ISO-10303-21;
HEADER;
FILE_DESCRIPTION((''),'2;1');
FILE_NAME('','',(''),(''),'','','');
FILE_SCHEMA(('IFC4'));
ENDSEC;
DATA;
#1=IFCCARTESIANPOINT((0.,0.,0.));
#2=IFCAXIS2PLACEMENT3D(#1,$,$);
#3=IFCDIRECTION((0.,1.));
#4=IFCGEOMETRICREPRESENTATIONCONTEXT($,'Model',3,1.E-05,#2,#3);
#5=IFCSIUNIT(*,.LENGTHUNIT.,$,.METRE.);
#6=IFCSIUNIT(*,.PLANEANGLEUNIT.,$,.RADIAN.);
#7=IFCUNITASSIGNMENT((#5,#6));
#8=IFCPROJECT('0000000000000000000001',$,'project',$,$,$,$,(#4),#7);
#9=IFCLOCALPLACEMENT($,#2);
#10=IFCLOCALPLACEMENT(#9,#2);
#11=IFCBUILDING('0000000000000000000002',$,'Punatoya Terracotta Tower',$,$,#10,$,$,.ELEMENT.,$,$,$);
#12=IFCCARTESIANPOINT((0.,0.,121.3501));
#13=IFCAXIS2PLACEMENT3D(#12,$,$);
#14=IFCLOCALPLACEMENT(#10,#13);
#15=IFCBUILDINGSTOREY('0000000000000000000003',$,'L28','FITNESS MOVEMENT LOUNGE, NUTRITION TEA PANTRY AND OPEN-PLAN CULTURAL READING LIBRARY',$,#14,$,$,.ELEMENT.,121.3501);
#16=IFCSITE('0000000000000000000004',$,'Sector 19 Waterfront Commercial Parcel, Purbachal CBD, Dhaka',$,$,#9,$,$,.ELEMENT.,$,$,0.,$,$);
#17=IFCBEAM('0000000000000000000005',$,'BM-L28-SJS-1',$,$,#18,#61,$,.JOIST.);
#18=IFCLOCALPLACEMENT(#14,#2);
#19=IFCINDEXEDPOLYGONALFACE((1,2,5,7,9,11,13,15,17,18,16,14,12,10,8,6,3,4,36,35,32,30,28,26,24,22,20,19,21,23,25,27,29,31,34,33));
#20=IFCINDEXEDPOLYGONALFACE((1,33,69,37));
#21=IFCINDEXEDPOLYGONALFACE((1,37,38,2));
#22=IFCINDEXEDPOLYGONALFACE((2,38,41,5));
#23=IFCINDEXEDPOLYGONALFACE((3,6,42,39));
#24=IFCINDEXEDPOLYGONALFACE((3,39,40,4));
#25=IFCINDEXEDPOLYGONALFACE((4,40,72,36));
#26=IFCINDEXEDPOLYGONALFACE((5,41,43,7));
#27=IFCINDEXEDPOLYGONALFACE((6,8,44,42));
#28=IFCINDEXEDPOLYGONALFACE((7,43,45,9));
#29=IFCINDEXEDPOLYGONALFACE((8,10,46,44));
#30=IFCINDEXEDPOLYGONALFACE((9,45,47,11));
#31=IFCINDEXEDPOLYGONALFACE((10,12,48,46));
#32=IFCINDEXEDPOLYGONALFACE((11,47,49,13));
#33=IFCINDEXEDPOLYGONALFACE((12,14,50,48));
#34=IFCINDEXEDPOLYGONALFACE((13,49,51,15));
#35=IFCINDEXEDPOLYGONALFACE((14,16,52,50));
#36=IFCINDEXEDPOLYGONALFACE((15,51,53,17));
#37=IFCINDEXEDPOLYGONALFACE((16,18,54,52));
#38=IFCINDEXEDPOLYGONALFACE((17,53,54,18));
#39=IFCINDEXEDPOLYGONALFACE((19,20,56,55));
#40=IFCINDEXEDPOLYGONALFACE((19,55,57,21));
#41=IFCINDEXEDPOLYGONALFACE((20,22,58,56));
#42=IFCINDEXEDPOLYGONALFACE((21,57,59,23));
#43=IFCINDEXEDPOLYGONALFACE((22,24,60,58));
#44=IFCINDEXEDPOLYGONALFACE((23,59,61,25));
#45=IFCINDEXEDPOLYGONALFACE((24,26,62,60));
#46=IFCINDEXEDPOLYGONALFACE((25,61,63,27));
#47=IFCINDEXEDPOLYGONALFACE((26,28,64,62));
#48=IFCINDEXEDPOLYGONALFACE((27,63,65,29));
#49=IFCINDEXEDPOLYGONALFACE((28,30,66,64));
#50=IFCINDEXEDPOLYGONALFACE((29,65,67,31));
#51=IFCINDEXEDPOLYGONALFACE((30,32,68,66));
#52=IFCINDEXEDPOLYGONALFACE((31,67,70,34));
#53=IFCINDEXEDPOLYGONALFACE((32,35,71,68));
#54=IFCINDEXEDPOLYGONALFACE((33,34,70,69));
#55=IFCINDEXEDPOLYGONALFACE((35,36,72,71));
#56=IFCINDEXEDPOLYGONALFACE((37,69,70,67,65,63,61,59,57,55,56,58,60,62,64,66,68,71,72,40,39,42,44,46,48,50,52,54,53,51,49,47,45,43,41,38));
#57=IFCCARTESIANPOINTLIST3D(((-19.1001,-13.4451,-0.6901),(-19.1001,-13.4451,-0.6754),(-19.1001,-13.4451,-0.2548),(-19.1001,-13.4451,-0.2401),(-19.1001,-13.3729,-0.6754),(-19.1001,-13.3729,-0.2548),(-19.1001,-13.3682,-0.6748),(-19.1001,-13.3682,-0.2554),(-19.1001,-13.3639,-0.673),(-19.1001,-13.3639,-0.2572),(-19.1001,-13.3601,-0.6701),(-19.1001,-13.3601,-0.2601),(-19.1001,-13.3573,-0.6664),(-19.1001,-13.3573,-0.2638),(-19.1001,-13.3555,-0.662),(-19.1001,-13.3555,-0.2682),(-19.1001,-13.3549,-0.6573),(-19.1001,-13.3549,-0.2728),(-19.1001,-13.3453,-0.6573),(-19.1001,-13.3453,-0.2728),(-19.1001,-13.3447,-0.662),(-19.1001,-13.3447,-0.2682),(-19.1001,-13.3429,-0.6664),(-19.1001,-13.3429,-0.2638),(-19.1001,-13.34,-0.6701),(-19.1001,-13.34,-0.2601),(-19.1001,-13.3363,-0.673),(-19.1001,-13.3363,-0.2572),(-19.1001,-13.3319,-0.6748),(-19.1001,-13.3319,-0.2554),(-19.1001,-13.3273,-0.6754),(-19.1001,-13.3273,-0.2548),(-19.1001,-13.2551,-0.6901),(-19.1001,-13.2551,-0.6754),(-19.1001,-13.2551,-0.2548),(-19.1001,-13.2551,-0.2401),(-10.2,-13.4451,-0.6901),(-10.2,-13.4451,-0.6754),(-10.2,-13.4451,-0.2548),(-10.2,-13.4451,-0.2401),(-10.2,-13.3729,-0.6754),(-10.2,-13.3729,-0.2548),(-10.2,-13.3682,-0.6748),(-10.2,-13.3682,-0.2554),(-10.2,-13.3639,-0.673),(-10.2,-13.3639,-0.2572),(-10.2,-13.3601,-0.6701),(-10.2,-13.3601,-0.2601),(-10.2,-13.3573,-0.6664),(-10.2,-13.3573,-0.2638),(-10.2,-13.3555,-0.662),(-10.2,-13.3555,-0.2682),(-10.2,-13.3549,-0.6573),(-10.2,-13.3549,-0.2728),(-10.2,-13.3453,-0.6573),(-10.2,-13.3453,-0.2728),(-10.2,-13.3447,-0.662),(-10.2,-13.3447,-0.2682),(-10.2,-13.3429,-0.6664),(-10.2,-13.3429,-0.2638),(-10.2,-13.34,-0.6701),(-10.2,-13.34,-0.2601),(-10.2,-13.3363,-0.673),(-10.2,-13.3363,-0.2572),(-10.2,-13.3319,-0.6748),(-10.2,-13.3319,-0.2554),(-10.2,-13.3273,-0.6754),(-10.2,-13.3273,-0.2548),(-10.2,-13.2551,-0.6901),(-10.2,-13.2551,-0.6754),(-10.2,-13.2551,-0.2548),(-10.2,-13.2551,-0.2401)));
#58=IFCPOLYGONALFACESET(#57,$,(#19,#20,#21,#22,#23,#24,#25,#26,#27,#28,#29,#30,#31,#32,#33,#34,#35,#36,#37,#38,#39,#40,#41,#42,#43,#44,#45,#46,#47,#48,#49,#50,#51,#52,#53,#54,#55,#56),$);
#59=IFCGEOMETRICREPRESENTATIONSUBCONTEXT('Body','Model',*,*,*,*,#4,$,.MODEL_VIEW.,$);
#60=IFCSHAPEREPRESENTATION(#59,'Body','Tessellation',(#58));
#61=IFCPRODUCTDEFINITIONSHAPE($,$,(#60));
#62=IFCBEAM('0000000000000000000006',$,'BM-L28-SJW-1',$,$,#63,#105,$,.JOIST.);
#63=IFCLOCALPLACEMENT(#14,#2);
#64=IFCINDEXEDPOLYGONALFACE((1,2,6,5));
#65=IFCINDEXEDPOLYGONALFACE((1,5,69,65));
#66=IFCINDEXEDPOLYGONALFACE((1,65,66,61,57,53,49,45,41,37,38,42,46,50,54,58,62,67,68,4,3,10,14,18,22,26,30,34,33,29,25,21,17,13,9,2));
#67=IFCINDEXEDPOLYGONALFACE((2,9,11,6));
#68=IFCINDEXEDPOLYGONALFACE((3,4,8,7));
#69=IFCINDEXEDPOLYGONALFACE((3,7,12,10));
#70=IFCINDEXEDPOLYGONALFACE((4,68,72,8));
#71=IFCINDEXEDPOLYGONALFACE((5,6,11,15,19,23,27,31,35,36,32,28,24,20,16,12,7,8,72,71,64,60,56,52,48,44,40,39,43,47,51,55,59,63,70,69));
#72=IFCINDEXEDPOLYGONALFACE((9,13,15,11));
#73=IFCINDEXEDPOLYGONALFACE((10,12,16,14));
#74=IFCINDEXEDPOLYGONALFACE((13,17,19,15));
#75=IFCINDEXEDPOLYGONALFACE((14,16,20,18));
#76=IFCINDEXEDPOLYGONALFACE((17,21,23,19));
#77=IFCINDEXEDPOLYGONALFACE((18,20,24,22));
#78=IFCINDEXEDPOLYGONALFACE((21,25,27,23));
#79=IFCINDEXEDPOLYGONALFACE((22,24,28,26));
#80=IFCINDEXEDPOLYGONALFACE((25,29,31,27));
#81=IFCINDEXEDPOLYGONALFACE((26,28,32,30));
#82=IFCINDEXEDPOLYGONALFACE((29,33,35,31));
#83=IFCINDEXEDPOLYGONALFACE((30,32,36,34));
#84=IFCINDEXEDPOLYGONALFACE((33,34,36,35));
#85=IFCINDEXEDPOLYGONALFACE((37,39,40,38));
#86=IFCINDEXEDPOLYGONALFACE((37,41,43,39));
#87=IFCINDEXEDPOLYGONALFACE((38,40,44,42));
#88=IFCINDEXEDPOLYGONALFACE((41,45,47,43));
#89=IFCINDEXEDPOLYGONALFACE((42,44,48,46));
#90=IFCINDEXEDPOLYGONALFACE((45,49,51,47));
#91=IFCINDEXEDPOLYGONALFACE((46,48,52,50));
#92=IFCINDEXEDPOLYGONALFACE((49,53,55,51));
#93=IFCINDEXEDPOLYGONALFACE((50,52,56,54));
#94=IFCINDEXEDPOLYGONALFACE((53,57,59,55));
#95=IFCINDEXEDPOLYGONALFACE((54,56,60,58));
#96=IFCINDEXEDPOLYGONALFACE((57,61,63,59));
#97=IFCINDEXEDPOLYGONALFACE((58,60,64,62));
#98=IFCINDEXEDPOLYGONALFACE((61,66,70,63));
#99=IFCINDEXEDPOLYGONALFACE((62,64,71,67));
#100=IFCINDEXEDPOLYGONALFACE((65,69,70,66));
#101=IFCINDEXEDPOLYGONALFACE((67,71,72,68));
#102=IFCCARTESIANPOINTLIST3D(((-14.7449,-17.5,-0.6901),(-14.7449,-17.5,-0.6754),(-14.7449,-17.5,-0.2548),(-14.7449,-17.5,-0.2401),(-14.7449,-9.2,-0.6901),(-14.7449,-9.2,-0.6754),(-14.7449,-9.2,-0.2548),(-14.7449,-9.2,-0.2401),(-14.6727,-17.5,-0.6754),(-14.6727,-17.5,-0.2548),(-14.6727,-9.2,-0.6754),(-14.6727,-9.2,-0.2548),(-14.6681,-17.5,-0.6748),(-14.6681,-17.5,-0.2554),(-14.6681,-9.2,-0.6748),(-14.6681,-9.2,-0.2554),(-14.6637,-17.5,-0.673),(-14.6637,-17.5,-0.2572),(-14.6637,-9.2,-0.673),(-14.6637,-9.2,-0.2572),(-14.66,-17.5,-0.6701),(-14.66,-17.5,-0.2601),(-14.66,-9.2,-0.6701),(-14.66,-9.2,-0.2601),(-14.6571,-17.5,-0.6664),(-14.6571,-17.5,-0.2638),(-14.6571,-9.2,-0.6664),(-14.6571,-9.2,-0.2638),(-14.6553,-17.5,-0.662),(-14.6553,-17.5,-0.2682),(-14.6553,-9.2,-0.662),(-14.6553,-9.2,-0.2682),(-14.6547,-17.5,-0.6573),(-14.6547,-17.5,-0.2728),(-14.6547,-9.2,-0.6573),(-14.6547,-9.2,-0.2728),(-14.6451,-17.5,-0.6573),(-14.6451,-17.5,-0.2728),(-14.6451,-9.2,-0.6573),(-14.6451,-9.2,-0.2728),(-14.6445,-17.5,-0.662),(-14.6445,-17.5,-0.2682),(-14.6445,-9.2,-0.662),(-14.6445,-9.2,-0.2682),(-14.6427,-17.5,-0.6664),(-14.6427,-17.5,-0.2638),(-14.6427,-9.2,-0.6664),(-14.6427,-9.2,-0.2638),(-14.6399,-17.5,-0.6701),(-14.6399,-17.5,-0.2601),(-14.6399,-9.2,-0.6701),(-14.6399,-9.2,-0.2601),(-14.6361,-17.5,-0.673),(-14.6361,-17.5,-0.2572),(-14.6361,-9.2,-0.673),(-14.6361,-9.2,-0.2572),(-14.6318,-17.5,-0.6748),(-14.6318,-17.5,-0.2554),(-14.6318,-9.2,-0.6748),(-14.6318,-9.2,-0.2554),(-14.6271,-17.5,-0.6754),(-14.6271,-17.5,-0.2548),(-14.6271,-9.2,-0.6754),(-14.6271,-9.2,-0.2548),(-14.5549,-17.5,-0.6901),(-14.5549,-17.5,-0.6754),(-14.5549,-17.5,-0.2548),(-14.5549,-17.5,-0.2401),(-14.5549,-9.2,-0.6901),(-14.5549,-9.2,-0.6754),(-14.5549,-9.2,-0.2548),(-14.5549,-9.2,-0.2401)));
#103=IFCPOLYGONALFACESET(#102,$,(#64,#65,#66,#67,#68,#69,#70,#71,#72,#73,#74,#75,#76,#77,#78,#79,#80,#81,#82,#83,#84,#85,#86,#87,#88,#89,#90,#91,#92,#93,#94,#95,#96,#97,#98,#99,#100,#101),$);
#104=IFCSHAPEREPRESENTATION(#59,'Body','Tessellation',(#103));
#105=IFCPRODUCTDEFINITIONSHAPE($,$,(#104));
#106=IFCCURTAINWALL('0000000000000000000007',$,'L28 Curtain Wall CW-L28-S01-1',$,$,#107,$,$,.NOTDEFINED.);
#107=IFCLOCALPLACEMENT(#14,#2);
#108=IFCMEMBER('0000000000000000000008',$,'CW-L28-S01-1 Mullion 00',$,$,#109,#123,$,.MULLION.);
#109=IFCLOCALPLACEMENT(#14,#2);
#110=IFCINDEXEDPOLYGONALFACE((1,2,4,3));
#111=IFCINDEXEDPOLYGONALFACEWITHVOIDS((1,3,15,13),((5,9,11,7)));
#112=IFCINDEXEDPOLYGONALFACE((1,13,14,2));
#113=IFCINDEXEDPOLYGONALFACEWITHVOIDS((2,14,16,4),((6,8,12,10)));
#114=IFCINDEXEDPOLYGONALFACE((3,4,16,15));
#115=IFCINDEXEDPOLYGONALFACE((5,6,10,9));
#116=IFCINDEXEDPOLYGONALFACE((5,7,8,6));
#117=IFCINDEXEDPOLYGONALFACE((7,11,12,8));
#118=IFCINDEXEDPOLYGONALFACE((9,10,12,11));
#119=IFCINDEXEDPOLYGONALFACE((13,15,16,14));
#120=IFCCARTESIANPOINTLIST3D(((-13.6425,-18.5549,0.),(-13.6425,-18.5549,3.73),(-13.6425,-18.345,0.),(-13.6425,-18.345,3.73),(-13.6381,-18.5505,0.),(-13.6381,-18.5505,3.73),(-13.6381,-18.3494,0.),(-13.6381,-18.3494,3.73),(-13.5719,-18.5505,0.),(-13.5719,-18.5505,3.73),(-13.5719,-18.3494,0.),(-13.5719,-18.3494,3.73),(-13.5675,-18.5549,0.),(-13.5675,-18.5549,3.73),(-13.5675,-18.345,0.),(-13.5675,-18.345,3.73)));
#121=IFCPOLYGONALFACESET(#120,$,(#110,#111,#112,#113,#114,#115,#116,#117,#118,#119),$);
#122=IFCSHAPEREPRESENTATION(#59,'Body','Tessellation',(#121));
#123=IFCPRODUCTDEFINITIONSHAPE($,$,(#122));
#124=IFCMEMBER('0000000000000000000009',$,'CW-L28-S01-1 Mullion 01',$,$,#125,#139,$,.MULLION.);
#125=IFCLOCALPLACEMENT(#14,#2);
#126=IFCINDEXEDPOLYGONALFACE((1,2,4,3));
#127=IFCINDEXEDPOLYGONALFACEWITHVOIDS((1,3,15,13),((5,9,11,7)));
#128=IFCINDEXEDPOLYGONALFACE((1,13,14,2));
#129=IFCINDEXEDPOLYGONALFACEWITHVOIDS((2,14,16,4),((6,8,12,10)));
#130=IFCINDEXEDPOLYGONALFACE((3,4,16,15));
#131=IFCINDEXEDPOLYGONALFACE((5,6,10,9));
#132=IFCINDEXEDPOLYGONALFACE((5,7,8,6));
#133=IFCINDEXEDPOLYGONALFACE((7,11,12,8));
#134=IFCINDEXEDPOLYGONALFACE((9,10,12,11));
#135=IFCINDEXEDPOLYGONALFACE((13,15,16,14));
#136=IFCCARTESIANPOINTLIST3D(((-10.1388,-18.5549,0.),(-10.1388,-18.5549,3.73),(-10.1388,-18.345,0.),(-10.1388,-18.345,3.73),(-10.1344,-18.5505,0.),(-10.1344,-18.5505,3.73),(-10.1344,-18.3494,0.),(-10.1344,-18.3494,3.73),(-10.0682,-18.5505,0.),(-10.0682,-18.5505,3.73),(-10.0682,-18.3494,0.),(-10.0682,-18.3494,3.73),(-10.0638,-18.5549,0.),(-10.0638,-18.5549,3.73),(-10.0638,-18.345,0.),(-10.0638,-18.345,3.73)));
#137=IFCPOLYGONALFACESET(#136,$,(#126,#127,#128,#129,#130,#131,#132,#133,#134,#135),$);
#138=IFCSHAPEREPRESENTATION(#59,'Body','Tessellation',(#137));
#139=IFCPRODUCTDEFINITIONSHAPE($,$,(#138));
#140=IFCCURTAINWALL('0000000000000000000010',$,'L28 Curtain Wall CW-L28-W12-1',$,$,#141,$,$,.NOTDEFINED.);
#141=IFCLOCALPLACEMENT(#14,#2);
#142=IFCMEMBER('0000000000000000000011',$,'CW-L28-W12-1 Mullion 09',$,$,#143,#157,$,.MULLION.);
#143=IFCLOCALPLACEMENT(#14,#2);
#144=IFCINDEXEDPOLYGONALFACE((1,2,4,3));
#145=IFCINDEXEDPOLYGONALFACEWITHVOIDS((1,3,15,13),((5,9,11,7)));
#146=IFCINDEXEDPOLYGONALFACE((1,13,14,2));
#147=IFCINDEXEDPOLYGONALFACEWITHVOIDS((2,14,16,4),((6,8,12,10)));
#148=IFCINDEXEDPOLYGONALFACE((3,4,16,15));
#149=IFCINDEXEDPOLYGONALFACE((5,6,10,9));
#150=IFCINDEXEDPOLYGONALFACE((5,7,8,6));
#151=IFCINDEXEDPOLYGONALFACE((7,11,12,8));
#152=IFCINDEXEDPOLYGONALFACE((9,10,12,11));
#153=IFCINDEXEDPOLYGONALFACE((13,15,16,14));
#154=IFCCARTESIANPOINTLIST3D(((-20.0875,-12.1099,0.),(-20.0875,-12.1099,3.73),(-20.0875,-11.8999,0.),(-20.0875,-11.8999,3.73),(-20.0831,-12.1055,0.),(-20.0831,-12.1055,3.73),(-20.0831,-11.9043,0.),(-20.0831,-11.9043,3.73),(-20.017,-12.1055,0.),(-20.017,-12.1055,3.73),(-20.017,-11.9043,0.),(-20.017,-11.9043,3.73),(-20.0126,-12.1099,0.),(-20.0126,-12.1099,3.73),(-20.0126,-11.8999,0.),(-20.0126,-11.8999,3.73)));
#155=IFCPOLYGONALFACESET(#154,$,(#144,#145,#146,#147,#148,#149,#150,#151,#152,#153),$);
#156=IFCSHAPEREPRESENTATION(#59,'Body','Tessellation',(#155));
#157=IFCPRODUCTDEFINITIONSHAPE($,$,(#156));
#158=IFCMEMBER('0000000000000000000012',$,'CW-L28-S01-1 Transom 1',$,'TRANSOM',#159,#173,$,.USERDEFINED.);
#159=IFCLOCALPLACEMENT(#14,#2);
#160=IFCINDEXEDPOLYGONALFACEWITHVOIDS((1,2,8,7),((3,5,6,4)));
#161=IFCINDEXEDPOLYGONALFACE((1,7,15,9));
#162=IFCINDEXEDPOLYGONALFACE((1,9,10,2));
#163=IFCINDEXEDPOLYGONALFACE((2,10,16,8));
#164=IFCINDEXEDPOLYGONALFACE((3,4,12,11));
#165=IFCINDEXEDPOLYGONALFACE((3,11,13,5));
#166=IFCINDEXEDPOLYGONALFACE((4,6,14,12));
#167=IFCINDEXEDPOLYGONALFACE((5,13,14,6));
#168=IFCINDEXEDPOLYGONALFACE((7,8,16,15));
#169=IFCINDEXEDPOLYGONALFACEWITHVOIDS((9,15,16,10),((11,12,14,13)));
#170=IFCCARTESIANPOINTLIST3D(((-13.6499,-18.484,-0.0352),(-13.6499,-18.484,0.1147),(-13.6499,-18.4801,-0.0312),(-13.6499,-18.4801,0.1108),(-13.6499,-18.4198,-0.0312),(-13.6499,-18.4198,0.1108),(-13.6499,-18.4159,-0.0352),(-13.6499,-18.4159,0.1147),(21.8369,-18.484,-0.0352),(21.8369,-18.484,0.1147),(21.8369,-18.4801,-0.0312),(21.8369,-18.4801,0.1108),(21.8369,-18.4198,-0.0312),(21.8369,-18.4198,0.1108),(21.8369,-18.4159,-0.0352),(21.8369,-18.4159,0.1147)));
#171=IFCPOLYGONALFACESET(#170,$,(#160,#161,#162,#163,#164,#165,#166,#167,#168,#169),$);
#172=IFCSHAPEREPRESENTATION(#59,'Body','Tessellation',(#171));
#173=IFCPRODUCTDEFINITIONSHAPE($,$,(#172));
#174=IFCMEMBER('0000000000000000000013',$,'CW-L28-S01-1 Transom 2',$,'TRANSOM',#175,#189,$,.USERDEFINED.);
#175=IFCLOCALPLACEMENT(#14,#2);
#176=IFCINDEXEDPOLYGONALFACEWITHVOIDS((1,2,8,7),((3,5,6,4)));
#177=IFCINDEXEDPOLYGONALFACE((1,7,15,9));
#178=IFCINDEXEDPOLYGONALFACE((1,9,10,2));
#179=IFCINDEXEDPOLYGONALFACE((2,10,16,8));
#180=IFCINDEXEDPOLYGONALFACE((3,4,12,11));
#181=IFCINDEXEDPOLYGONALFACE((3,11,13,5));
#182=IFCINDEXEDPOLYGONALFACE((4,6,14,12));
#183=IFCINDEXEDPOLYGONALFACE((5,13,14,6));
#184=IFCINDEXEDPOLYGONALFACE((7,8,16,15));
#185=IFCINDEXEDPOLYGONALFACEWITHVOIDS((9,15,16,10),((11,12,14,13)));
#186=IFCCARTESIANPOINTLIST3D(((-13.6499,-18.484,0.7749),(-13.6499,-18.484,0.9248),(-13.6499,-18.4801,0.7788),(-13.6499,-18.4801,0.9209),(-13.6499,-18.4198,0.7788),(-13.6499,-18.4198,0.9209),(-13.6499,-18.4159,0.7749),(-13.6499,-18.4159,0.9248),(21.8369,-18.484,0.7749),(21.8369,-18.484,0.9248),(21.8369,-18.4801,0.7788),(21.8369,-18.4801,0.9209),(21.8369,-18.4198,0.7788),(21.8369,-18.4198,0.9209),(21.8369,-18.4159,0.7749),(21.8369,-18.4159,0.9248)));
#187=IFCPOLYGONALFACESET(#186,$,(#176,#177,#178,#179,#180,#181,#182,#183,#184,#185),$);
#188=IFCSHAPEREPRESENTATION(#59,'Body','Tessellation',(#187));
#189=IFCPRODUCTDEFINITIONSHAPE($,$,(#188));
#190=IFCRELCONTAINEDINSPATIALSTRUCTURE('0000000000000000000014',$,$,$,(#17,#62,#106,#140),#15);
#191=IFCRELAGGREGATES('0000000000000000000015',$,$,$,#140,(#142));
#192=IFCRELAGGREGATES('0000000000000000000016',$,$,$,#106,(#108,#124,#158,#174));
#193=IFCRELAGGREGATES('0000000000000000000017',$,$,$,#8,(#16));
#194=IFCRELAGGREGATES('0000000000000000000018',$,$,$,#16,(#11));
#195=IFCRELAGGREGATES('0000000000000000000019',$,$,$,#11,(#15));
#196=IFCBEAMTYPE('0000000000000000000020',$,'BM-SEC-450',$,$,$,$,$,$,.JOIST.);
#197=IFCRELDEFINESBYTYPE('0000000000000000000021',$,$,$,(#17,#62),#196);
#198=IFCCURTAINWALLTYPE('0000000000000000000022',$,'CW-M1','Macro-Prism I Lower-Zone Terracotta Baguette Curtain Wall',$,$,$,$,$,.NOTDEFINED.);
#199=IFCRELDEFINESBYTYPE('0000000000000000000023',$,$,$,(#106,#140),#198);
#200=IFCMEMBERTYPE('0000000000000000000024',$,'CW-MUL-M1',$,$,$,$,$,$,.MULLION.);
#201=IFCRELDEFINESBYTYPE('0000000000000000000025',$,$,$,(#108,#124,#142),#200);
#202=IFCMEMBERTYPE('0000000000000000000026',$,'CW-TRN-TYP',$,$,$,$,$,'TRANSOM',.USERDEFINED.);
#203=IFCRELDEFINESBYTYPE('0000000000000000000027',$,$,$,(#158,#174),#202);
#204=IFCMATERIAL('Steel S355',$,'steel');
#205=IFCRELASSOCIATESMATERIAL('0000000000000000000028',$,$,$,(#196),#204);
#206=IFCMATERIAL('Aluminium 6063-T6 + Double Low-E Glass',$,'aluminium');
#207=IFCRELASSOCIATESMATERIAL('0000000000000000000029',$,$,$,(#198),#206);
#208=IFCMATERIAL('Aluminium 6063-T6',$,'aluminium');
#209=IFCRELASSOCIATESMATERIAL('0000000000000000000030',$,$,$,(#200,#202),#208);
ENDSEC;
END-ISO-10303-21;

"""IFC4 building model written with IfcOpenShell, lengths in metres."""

from ifc_helpers import new_model, si_unit, direction, frame, origin, origin_2d, place, context, subcontext, project, spatial, hollow_rectangle, i_section, extrude, material, material_profile, profile_set, type_object, element, aggregate, save


model = new_model("IFC4")

# Units and contexts
model_context = context("Model", 3, precision=1e-05, world=origin(), true_north=direction((0.0, 1.0)))
body_context = subcontext(model_context, "Body", "Model", "MODEL_VIEW")
ifc_project = project(units=[si_unit("LENGTHUNIT", "METRE"), si_unit("PLANEANGLEUNIT", "RADIAN")], contexts=[model_context])

# Site, building, storey
site_placement = place(None, origin())
site = spatial("IfcSite", under=ifc_project, at=site_placement, Name="Sector 19 Waterfront Commercial Parcel, Purbachal CBD, Dhaka", CompositionType="ELEMENT", RefElevation=0.0)
building_placement = place(site_placement, origin())
building = spatial("IfcBuilding", under=site, at=building_placement, Name="Punatoya Terracotta Tower", CompositionType="ELEMENT")
storey_placement = place(building_placement, frame((0.0, 0.0, 121.3501)))
storey = spatial("IfcBuildingStorey", under=building, at=storey_placement, Name="L28", Description="FITNESS MOVEMENT LOUNGE, NUTRITION TEA PANTRY AND OPEN-PLAN CULTURAL READING LIBRARY", CompositionType="ELEMENT", Elevation=121.3501)

# Beams
ifc_material_1 = material(Name="Steel S355", Category="steel")
ifc_material_profile_1 = material_profile(ifc_material_1, i_section(OverallWidth=0.1899, OverallDepth=0.45, WebThickness=0.0095, FlangeThickness=0.0146, FilletRadius=0.0181, at=origin_2d()))
ifc_profile_set_1 = profile_set([ifc_material_profile_1], Name="Steel S355")
beam_type_1 = type_object("IfcBeamType", Name="BM-SEC-450", PredefinedType="JOIST", material=ifc_profile_set_1)
beam_1_placement = place(storey_placement, frame((-19.1001, -13.3501, -0.4651), z_axis=(1.0, 0.0, 0.0), x_axis=(0.0, 1.0, 0.0)))
element("IfcBeam", 1, at=beam_1_placement, inside=storey, type_object=beam_type_1, Name="BM-L28-SJS-1", PredefinedType="JOIST", context=body_context, shape_type="SweptSolid", body=[
    extrude(i_section(OverallWidth=0.1899, OverallDepth=0.45, WebThickness=0.0095, FlangeThickness=0.0146, FilletRadius=0.0181, at=origin_2d()), origin(), (0.0, 0.0, 1.0), 8.9001),
])
beam_2_placement = place(storey_placement, frame((-14.6499, -17.5, -0.4651), z_axis=(0.0, 1.0, 0.0), x_axis=(-1.0, 0.0, 0.0)))
element("IfcBeam", 2, at=beam_2_placement, inside=storey, type_object=beam_type_1, Name="BM-L28-SJW-1", PredefinedType="JOIST", context=body_context, shape_type="SweptSolid", body=[
    extrude(i_section(OverallWidth=0.1899, OverallDepth=0.45, WebThickness=0.0095, FlangeThickness=0.0146, FilletRadius=0.0181, at=origin_2d()), origin(), (0.0, 0.0, 1.0), 8.3),
])

# Curtain wall, members
ifc_material_2 = material(Name="Aluminium 6063-T6 + Double Low-E Glass", Category="aluminium")
curtain_wall_type = type_object("IfcCurtainWallType", Name="CW-M1", Description="Macro-Prism I Lower-Zone Terracotta Baguette Curtain Wall", PredefinedType="NOTDEFINED", material=ifc_material_2)
curtain_wall_1_placement = place(storey_placement, origin())
curtain_wall_1 = element("IfcCurtainWall", 3, at=curtain_wall_1_placement, inside=storey, type_object=curtain_wall_type, Name="L28 Curtain Wall CW-L28-S01-1", PredefinedType="NOTDEFINED")
ifc_material_3 = material(Name="Aluminium 6063-T6", Category="aluminium")
ifc_material_profile_2 = material_profile(ifc_material_3, hollow_rectangle(XDim=0.075, YDim=0.21, WallThickness=0.0044, at=origin_2d()))
ifc_profile_set_2 = profile_set([ifc_material_profile_2], Name="Aluminium 6063-T6")
member_type_1 = type_object("IfcMemberType", Name="CW-MUL-M1", PredefinedType="MULLION", material=ifc_profile_set_2)
member_1_placement = place(storey_placement, frame((-13.605, -18.45, 0.0), z_axis=(0.0, 0.0, 1.0), x_axis=(1.0, 0.0, 0.0)))
member_1 = element("IfcMember", 4, at=member_1_placement, type_object=member_type_1, Name="CW-L28-S01-1 Mullion 00", PredefinedType="MULLION", context=body_context, shape_type="SweptSolid", body=[
    extrude(hollow_rectangle(XDim=0.075, YDim=0.21, WallThickness=0.0044, at=origin_2d()), origin(), (0.0, 0.0, 1.0), 3.73),
])
member_2_placement = place(storey_placement, frame((-10.1013, -18.45, 0.0), z_axis=(0.0, 0.0, 1.0), x_axis=(1.0, 0.0, 0.0)))
member_2 = element("IfcMember", 5, at=member_2_placement, type_object=member_type_1, Name="CW-L28-S01-1 Mullion 01", PredefinedType="MULLION", context=body_context, shape_type="SweptSolid", body=[
    extrude(hollow_rectangle(XDim=0.075, YDim=0.21, WallThickness=0.0044, at=origin_2d()), origin(), (0.0, 0.0, 1.0), 3.73),
])

# Curtain wall, member
curtain_wall_2_placement = place(storey_placement, origin())
curtain_wall_2 = element("IfcCurtainWall", 6, at=curtain_wall_2_placement, inside=storey, type_object=curtain_wall_type, Name="L28 Curtain Wall CW-L28-W12-1", PredefinedType="NOTDEFINED")
member_3_placement = place(storey_placement, frame((-20.05, -12.0049, 0.0), z_axis=(0.0, 0.0, 1.0), x_axis=(1.0, 0.0, 0.0)))
member_3 = element("IfcMember", 7, at=member_3_placement, type_object=member_type_1, Name="CW-L28-W12-1 Mullion 09", PredefinedType="MULLION", context=body_context, shape_type="SweptSolid", body=[
    extrude(hollow_rectangle(XDim=0.075, YDim=0.21, WallThickness=0.0044, at=origin_2d()), origin(), (0.0, 0.0, 1.0), 3.73),
])
aggregate(curtain_wall_2, [member_3])

# Members
ifc_material_profile_3 = material_profile(ifc_material_3, hollow_rectangle(XDim=0.0681, YDim=0.1499, WallThickness=0.0039, at=origin_2d()))
ifc_profile_set_3 = profile_set([ifc_material_profile_3], Name="Aluminium 6063-T6")
member_type_2 = type_object("IfcMemberType", Name="CW-TRN-TYP", ElementType="TRANSOM", PredefinedType="USERDEFINED", material=ifc_profile_set_3)
member_4_placement = place(storey_placement, frame((-13.6499, -18.45, 0.0398), z_axis=(1.0, 0.0, 0.0), x_axis=(0.0, 1.0, 0.0)))
member_4 = element("IfcMember", 8, at=member_4_placement, type_object=member_type_2, Name="CW-L28-S01-1 Transom 1", ObjectType="TRANSOM", PredefinedType="USERDEFINED", context=body_context, shape_type="SweptSolid", body=[
    extrude(hollow_rectangle(XDim=0.0681, YDim=0.1499, WallThickness=0.0039, at=origin_2d()), origin(), (0.0, 0.0, 1.0), 35.4868),
])
member_5_placement = place(storey_placement, frame((-13.6499, -18.45, 0.8499), z_axis=(1.0, 0.0, 0.0), x_axis=(0.0, 1.0, 0.0)))
member_5 = element("IfcMember", 9, at=member_5_placement, type_object=member_type_2, Name="CW-L28-S01-1 Transom 2", ObjectType="TRANSOM", PredefinedType="USERDEFINED", context=body_context, shape_type="SweptSolid", body=[
    extrude(hollow_rectangle(XDim=0.0681, YDim=0.1499, WallThickness=0.0039, at=origin_2d()), origin(), (0.0, 0.0, 1.0), 35.4868),
])

aggregate(curtain_wall_1, [member_1, member_2, member_4, member_5])

save(model, "model.ifc")
